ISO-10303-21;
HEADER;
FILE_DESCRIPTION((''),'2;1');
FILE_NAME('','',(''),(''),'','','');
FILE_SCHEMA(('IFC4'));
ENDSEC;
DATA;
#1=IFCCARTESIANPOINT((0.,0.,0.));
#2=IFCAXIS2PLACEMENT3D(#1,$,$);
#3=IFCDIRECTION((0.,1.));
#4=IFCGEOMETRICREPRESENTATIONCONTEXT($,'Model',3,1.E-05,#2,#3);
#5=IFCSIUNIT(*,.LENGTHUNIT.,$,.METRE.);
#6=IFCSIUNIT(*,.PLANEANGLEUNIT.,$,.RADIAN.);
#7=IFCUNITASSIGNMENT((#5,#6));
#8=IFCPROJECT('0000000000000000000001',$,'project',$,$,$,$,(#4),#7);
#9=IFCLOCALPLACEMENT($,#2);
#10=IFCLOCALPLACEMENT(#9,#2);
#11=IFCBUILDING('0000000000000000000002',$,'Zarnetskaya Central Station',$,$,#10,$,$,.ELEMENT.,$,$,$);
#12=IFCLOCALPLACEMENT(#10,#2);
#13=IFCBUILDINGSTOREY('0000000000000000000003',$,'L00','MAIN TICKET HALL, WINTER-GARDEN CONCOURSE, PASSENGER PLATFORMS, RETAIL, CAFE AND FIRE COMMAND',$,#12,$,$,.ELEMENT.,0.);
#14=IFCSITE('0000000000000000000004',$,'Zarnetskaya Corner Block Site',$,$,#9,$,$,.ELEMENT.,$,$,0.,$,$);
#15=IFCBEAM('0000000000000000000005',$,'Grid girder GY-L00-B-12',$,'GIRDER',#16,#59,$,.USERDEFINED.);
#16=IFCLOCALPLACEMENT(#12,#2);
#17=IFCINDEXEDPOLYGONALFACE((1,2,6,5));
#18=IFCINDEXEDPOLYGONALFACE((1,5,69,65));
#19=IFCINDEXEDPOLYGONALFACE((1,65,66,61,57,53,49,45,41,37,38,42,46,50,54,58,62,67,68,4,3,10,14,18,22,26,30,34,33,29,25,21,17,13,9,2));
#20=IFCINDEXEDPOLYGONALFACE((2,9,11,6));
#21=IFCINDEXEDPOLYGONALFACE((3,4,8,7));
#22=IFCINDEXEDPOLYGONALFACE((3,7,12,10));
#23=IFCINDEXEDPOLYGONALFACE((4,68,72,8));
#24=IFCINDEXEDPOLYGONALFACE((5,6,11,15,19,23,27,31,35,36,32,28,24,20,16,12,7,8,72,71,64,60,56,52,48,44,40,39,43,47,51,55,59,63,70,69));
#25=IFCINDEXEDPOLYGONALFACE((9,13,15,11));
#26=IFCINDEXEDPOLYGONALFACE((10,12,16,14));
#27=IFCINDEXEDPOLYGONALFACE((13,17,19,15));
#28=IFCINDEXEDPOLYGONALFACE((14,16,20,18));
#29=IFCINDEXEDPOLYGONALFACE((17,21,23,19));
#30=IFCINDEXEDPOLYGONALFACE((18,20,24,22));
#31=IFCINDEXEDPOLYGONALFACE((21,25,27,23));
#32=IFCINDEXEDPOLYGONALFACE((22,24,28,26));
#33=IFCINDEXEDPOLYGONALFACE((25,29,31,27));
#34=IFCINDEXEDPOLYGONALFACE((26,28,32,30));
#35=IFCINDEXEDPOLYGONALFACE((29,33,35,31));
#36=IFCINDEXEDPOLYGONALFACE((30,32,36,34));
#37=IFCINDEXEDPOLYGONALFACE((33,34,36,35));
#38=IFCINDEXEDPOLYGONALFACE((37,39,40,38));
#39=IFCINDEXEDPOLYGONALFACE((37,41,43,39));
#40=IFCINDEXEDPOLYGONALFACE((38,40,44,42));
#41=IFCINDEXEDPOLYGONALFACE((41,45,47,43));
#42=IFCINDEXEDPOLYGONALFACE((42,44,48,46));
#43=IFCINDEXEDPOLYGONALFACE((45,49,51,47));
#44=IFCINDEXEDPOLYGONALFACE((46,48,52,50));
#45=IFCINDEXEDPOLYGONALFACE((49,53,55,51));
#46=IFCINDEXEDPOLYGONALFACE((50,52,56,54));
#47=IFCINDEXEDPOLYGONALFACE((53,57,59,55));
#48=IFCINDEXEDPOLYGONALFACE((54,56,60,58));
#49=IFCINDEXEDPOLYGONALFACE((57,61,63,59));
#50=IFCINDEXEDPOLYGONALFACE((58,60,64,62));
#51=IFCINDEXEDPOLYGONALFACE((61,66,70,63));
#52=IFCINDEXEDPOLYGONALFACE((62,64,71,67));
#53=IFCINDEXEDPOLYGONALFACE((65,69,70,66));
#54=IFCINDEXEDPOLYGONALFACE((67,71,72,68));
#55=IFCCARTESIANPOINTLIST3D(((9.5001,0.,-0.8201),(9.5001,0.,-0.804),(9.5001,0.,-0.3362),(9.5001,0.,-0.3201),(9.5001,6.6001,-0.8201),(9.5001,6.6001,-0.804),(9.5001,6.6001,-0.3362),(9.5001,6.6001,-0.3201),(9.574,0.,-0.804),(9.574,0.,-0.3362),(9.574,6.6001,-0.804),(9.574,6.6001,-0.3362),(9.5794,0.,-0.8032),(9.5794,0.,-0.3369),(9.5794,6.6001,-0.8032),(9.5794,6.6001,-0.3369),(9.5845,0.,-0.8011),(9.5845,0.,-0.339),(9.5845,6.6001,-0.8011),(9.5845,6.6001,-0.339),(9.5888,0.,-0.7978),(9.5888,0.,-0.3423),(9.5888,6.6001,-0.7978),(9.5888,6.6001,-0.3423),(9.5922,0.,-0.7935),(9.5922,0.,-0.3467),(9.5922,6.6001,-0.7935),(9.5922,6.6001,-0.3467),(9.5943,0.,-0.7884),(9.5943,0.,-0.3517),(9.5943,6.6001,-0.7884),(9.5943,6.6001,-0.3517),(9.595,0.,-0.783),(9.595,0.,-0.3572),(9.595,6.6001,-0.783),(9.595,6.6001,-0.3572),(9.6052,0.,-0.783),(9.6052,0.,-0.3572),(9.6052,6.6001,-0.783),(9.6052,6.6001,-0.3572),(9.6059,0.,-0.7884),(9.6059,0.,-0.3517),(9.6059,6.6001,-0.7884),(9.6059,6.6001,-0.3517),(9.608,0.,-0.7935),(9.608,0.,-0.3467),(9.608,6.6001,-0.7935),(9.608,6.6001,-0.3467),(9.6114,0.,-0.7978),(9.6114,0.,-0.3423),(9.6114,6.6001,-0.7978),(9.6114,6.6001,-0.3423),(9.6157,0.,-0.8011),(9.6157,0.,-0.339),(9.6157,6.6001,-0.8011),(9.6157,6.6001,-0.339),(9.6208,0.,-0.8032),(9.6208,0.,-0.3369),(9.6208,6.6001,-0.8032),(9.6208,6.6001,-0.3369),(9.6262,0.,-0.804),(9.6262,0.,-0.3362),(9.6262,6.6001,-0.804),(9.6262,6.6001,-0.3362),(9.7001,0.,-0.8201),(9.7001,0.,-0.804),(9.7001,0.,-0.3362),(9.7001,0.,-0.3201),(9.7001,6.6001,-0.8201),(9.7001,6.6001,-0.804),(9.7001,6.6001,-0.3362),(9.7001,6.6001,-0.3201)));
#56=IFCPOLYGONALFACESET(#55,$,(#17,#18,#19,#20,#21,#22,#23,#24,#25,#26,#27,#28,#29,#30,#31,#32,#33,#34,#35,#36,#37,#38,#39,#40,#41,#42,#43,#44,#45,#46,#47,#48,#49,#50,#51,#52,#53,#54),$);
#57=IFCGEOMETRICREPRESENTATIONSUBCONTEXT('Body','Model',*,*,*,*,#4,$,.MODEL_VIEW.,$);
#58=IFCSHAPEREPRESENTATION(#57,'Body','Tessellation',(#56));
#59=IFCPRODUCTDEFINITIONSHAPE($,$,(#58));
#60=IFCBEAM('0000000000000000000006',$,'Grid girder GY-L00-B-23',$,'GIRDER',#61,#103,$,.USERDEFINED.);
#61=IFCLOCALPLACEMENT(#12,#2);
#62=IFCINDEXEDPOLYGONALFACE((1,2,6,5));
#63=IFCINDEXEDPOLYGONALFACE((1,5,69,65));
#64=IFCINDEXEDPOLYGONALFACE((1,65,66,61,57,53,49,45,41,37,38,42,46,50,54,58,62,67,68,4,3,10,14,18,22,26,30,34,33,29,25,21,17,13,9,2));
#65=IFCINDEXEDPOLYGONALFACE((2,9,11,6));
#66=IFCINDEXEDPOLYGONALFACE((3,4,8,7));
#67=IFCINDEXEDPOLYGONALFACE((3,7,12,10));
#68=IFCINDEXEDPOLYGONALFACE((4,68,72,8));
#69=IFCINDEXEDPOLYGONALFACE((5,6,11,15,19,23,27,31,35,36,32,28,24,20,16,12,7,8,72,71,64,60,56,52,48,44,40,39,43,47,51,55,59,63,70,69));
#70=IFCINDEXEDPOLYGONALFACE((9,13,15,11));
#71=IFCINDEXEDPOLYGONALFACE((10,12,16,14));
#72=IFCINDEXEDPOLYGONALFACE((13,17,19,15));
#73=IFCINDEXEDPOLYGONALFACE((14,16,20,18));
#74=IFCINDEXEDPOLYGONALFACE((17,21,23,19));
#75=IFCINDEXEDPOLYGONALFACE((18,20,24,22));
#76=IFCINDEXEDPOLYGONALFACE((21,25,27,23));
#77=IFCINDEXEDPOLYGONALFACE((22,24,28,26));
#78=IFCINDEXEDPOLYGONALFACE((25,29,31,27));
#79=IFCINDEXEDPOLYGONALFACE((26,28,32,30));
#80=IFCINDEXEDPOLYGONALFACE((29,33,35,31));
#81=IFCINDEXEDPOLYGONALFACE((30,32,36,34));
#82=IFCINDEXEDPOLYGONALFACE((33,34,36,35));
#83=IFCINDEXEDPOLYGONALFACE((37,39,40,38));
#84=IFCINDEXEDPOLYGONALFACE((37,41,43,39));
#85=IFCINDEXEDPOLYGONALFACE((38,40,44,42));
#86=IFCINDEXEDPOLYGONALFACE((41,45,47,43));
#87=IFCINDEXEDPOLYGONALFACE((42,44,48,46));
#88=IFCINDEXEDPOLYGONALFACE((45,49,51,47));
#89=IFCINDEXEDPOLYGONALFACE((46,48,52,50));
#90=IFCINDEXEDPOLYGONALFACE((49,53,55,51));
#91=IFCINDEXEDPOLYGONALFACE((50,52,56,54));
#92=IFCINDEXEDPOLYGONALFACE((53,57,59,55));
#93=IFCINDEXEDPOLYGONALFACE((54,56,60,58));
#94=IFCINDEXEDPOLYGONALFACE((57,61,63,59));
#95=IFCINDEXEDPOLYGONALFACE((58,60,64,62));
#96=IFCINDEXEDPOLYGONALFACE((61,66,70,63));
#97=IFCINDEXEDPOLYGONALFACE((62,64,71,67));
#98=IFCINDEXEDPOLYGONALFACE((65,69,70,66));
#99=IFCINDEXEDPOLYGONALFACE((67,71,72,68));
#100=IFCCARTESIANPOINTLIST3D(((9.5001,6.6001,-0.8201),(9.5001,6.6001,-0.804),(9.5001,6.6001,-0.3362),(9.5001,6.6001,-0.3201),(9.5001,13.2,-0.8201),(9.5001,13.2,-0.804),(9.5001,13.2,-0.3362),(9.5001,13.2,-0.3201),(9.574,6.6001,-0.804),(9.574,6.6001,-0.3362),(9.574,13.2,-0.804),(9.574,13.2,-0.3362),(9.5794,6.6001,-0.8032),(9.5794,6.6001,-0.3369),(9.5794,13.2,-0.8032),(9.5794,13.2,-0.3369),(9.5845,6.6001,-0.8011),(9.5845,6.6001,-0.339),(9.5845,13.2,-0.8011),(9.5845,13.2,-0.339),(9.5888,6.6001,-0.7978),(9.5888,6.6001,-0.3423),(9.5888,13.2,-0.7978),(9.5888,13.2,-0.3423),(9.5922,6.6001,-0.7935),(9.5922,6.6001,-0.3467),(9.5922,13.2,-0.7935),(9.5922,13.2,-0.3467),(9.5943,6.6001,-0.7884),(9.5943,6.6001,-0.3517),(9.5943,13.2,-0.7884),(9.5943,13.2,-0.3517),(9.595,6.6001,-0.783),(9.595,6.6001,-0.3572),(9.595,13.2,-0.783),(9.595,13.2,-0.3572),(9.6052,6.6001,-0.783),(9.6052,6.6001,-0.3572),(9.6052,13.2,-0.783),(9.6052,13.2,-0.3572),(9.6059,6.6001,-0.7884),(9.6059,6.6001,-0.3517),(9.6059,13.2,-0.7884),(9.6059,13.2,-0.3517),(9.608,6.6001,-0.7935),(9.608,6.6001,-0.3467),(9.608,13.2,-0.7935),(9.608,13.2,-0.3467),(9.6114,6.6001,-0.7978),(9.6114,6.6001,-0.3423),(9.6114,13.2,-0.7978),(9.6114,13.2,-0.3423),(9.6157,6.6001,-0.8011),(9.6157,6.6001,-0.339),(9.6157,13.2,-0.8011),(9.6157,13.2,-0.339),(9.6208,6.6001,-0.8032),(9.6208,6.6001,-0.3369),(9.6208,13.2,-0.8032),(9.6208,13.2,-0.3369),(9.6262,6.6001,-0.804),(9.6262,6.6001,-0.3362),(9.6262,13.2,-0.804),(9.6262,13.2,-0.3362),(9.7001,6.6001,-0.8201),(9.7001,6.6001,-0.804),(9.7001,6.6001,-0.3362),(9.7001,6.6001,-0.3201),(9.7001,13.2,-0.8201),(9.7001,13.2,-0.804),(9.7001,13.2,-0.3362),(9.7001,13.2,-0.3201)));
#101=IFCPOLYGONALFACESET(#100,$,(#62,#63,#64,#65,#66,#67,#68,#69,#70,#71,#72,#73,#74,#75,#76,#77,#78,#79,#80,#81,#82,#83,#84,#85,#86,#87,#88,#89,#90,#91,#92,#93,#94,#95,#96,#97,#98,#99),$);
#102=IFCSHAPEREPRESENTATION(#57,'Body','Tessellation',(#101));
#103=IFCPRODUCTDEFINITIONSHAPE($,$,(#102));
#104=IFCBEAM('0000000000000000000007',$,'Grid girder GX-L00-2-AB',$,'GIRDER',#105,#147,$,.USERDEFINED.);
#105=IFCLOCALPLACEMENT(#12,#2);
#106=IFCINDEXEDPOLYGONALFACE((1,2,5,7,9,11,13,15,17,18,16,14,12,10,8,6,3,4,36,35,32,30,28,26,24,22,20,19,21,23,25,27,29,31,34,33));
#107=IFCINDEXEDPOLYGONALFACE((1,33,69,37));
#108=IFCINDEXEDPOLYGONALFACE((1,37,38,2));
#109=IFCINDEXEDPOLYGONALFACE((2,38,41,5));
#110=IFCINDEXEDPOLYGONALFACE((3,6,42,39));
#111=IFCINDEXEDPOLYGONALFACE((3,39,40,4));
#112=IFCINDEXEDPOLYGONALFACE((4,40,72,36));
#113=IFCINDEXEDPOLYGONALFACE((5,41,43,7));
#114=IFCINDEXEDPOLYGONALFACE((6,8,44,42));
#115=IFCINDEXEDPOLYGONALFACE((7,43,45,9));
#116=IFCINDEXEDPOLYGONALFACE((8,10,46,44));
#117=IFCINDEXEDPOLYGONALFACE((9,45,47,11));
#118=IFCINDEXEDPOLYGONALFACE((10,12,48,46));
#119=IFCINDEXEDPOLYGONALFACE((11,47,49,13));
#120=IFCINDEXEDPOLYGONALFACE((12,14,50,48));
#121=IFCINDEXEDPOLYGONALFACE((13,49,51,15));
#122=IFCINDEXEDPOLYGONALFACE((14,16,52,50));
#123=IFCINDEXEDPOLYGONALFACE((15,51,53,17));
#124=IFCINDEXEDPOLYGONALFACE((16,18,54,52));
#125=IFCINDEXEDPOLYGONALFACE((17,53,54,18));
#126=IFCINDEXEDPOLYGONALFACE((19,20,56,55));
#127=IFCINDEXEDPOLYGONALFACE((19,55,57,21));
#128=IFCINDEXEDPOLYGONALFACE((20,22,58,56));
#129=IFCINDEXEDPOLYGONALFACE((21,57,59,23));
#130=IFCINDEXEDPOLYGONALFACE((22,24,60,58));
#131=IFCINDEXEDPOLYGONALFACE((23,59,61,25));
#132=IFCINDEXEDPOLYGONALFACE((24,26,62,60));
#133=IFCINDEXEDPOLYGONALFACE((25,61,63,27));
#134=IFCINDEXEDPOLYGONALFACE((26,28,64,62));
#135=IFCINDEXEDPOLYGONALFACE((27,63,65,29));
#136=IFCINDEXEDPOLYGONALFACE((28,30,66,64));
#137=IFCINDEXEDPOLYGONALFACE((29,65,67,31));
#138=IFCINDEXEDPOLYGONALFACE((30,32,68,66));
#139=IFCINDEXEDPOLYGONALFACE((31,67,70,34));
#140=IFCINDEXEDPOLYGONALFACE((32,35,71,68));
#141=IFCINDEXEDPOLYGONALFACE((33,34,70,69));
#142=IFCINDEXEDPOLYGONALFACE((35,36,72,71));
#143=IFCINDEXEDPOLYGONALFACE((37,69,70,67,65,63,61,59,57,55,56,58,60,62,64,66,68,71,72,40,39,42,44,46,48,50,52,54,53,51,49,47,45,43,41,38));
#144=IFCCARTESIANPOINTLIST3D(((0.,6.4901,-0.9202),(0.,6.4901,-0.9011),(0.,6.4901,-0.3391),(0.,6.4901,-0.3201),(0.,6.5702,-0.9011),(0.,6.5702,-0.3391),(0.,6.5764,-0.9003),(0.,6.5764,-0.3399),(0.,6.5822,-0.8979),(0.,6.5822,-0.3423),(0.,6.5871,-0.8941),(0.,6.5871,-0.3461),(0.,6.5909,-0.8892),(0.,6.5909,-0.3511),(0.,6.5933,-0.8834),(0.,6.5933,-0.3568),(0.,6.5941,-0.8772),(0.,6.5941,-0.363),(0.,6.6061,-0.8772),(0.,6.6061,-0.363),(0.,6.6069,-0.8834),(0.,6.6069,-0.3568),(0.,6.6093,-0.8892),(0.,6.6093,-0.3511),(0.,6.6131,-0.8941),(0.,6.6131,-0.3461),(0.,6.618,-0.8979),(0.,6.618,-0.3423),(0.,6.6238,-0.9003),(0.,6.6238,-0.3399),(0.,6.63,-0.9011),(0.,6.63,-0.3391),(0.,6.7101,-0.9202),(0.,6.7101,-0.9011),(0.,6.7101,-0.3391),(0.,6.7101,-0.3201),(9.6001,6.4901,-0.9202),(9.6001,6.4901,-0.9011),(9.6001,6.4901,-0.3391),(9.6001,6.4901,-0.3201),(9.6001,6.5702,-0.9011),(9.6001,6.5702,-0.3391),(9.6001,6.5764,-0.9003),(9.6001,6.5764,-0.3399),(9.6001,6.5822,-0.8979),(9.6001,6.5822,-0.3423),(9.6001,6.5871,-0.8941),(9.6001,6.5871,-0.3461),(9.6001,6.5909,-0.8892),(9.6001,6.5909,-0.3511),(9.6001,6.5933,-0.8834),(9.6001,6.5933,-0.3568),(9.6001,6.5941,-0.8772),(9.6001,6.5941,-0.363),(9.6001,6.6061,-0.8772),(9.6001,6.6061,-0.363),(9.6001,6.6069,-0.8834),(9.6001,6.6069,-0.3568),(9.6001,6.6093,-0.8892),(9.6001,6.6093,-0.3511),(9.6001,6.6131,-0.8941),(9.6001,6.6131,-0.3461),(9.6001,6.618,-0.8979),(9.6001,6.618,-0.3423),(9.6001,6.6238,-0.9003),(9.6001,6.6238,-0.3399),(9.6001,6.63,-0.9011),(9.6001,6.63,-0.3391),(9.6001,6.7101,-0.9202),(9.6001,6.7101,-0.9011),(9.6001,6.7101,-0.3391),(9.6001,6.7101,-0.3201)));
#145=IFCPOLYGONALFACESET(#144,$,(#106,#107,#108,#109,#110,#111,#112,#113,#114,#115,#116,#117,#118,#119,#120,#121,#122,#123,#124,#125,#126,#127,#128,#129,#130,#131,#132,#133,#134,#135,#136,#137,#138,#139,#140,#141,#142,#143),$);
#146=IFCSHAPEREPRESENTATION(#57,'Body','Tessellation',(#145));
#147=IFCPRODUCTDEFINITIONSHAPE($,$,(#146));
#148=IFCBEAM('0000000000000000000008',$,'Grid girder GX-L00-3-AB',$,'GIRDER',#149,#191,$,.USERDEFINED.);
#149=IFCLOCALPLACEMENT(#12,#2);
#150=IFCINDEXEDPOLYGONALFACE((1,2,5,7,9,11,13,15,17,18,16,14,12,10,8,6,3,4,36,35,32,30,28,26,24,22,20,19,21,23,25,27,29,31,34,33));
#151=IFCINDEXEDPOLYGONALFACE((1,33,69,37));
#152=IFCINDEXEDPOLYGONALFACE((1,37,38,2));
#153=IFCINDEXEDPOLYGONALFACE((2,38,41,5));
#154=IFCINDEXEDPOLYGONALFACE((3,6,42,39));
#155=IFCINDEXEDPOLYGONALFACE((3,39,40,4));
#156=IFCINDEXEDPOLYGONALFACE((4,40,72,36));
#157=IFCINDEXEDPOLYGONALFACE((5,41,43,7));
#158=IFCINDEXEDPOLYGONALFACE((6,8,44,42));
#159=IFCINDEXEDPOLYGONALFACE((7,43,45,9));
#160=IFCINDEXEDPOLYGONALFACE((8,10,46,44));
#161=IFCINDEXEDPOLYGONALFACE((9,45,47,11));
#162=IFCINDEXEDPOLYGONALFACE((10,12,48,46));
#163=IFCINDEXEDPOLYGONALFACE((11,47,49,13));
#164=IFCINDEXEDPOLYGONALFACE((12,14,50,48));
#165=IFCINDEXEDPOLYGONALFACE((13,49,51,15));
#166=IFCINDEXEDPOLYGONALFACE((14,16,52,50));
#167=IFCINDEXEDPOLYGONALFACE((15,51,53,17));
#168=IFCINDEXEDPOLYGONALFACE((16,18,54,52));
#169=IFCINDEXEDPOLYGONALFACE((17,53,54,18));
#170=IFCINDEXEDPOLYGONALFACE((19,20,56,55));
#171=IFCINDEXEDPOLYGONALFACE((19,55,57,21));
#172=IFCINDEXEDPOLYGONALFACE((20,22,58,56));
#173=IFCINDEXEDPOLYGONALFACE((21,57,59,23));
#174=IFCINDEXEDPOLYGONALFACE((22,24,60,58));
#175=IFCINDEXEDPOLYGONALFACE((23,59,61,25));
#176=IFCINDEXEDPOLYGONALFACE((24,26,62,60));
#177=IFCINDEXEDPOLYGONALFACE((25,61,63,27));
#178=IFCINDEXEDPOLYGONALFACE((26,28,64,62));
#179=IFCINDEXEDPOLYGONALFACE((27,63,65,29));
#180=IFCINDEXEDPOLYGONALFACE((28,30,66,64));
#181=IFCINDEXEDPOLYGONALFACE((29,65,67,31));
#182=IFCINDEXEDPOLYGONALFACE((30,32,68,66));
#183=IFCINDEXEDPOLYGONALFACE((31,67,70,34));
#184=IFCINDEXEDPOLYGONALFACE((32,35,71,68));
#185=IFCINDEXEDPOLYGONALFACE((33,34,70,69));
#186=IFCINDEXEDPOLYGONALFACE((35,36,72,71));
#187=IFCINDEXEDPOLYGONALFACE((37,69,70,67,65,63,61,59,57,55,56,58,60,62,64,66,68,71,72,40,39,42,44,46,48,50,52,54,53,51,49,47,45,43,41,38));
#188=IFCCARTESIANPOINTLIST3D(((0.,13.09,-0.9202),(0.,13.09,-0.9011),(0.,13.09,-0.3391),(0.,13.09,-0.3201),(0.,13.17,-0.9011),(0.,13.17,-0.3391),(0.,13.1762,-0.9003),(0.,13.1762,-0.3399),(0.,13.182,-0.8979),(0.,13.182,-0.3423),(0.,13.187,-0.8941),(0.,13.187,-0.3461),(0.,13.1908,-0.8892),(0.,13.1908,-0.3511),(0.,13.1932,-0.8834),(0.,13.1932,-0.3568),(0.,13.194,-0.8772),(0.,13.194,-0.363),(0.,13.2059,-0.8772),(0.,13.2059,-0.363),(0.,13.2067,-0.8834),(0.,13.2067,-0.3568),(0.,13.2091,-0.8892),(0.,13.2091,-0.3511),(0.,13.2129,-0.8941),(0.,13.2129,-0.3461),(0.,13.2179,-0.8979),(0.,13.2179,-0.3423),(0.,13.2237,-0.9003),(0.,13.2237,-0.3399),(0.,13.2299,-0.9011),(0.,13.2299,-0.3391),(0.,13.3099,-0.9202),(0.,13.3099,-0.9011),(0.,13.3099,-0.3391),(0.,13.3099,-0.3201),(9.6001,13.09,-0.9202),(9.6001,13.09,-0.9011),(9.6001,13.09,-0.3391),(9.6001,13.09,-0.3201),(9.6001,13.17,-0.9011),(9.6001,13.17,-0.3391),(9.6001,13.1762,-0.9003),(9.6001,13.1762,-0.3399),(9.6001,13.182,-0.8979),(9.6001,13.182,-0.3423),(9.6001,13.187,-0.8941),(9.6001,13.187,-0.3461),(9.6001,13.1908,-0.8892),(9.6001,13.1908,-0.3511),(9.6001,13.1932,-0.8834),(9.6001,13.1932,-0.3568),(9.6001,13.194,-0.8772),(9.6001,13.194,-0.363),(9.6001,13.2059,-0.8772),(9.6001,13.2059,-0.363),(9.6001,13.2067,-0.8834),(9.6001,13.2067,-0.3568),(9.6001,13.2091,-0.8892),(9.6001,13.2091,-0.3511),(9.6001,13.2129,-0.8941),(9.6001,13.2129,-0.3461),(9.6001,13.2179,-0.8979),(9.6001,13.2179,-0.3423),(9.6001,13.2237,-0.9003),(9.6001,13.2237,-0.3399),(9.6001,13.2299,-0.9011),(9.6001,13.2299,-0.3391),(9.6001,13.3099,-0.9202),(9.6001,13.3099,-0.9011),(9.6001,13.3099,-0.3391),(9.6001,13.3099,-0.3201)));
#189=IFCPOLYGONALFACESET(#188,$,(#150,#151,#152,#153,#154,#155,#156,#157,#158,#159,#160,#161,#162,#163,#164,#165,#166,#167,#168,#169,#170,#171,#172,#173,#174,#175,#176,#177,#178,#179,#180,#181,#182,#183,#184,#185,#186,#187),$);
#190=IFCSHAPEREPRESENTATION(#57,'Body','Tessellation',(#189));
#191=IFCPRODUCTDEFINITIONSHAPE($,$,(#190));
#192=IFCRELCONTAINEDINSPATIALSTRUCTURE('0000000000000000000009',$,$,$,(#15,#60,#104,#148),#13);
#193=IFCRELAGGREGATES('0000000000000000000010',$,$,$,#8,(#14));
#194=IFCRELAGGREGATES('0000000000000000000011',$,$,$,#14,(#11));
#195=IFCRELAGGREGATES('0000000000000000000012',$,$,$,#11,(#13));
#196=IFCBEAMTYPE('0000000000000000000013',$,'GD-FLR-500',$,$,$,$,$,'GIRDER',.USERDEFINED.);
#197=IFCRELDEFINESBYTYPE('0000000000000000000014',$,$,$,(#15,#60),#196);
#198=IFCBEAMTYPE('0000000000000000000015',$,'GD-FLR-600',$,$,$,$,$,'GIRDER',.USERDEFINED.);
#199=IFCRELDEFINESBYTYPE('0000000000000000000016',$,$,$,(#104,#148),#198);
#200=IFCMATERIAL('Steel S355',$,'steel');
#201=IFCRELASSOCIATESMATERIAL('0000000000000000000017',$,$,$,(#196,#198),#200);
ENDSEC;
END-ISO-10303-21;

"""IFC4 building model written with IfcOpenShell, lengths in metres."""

from ifc_helpers import new_model, si_unit, direction, frame, origin, origin_2d, place, context, subcontext, project, spatial, i_section, extrude, material, material_profile, profile_set, type_object, element, save


model = new_model("IFC4")

# Units and contexts
model_context = context("Model", 3, precision=1e-05, world=origin(), true_north=direction((0.0, 1.0)))
body_context = subcontext(model_context, "Body", "Model", "MODEL_VIEW")
ifc_project = project(units=[si_unit("LENGTHUNIT", "METRE"), si_unit("PLANEANGLEUNIT", "RADIAN")], contexts=[model_context])

# Site, building, storey
site_placement = place(None, origin())
site = spatial("IfcSite", under=ifc_project, at=site_placement, Name="Zarnetskaya Corner Block Site", CompositionType="ELEMENT", RefElevation=0.0)
building_placement = place(site_placement, origin())
building = spatial("IfcBuilding", under=site, at=building_placement, Name="Zarnetskaya Central Station", CompositionType="ELEMENT")
storey_placement = place(building_placement, origin())
storey = spatial("IfcBuildingStorey", under=building, at=storey_placement, Name="L00", Description="MAIN TICKET HALL, WINTER-GARDEN CONCOURSE, PASSENGER PLATFORMS, RETAIL, CAFE AND FIRE COMMAND", CompositionType="ELEMENT", Elevation=0.0)

# Shared definitions
ifc_material_1 = material(Name="Steel S355", Category="steel")

# Beams
ifc_material_profile_1 = material_profile(ifc_material_1, i_section(OverallWidth=0.2, OverallDepth=0.5, WebThickness=0.0103, FlangeThickness=0.0161, FilletRadius=0.021, at=origin_2d()), Name="IPE 500")
ifc_profile_set_1 = profile_set([ifc_material_profile_1], Name="Steel S355")
beam_type_1 = type_object("IfcBeamType", Name="GD-FLR-500", ElementType="GIRDER", PredefinedType="USERDEFINED", material=ifc_profile_set_1)
beam_1_placement = place(storey_placement, frame((9.6001, 0.0, -0.5701), z_axis=(0.0, 1.0, 0.0), x_axis=(-1.0, 0.0, 0.0)))
element("IfcBeam", 1, at=beam_1_placement, inside=storey, type_object=beam_type_1, Name="Grid girder GY-L00-B-12", ObjectType="GIRDER", PredefinedType="USERDEFINED", context=body_context, shape_type="SweptSolid", body=[
    extrude(i_section(OverallWidth=0.2, OverallDepth=0.5, WebThickness=0.0103, FlangeThickness=0.0161, FilletRadius=0.021, at=origin_2d()), origin(), (0.0, 0.0, 1.0), 6.6001),
])
beam_2_placement = place(storey_placement, frame((9.6001, 6.6001, -0.5701), z_axis=(0.0, 1.0, 0.0), x_axis=(-1.0, 0.0, 0.0)))
element("IfcBeam", 2, at=beam_2_placement, inside=storey, type_object=beam_type_1, Name="Grid girder GY-L00-B-23", ObjectType="GIRDER", PredefinedType="USERDEFINED", context=body_context, shape_type="SweptSolid", body=[
    extrude(i_section(OverallWidth=0.2, OverallDepth=0.5, WebThickness=0.0103, FlangeThickness=0.0161, FilletRadius=0.021, at=origin_2d()), origin(), (0.0, 0.0, 1.0), 6.5999),
])
ifc_material_profile_2 = material_profile(ifc_material_1, i_section(OverallWidth=0.22, OverallDepth=0.6001, WebThickness=0.012, FlangeThickness=0.019, FilletRadius=0.0239, at=origin_2d()), Name="IPE 600")
ifc_profile_set_2 = profile_set([ifc_material_profile_2], Name="Steel S355")
beam_type_2 = type_object("IfcBeamType", Name="GD-FLR-600", ElementType="GIRDER", PredefinedType="USERDEFINED", material=ifc_profile_set_2)
for number, where, z_axis, x_axis, name in (
    (3, (0.0, 6.6001, -0.6201), (1.0, 0.0, 0.0), (0.0, 1.0, 0.0), "Grid girder GX-L00-2-AB"),
    (4, (0.0, 13.2, -0.6201), (1.0, 0.0, 0.0), (0.0, 1.0, 0.0), "Grid girder GX-L00-3-AB"),
):
    element("IfcBeam", number, at=place(storey_placement, frame(where, z_axis=z_axis, x_axis=x_axis)), inside=storey, type_object=beam_type_2, Name=name, ObjectType="GIRDER", PredefinedType="USERDEFINED", context=body_context, shape_type="SweptSolid", body=[
        extrude(i_section(OverallWidth=0.22, OverallDepth=0.6001, WebThickness=0.012, FlangeThickness=0.019, FilletRadius=0.0239, at=origin_2d()), origin(), (0.0, 0.0, 1.0), 9.6001),
    ])

save(model, "model.ifc")
